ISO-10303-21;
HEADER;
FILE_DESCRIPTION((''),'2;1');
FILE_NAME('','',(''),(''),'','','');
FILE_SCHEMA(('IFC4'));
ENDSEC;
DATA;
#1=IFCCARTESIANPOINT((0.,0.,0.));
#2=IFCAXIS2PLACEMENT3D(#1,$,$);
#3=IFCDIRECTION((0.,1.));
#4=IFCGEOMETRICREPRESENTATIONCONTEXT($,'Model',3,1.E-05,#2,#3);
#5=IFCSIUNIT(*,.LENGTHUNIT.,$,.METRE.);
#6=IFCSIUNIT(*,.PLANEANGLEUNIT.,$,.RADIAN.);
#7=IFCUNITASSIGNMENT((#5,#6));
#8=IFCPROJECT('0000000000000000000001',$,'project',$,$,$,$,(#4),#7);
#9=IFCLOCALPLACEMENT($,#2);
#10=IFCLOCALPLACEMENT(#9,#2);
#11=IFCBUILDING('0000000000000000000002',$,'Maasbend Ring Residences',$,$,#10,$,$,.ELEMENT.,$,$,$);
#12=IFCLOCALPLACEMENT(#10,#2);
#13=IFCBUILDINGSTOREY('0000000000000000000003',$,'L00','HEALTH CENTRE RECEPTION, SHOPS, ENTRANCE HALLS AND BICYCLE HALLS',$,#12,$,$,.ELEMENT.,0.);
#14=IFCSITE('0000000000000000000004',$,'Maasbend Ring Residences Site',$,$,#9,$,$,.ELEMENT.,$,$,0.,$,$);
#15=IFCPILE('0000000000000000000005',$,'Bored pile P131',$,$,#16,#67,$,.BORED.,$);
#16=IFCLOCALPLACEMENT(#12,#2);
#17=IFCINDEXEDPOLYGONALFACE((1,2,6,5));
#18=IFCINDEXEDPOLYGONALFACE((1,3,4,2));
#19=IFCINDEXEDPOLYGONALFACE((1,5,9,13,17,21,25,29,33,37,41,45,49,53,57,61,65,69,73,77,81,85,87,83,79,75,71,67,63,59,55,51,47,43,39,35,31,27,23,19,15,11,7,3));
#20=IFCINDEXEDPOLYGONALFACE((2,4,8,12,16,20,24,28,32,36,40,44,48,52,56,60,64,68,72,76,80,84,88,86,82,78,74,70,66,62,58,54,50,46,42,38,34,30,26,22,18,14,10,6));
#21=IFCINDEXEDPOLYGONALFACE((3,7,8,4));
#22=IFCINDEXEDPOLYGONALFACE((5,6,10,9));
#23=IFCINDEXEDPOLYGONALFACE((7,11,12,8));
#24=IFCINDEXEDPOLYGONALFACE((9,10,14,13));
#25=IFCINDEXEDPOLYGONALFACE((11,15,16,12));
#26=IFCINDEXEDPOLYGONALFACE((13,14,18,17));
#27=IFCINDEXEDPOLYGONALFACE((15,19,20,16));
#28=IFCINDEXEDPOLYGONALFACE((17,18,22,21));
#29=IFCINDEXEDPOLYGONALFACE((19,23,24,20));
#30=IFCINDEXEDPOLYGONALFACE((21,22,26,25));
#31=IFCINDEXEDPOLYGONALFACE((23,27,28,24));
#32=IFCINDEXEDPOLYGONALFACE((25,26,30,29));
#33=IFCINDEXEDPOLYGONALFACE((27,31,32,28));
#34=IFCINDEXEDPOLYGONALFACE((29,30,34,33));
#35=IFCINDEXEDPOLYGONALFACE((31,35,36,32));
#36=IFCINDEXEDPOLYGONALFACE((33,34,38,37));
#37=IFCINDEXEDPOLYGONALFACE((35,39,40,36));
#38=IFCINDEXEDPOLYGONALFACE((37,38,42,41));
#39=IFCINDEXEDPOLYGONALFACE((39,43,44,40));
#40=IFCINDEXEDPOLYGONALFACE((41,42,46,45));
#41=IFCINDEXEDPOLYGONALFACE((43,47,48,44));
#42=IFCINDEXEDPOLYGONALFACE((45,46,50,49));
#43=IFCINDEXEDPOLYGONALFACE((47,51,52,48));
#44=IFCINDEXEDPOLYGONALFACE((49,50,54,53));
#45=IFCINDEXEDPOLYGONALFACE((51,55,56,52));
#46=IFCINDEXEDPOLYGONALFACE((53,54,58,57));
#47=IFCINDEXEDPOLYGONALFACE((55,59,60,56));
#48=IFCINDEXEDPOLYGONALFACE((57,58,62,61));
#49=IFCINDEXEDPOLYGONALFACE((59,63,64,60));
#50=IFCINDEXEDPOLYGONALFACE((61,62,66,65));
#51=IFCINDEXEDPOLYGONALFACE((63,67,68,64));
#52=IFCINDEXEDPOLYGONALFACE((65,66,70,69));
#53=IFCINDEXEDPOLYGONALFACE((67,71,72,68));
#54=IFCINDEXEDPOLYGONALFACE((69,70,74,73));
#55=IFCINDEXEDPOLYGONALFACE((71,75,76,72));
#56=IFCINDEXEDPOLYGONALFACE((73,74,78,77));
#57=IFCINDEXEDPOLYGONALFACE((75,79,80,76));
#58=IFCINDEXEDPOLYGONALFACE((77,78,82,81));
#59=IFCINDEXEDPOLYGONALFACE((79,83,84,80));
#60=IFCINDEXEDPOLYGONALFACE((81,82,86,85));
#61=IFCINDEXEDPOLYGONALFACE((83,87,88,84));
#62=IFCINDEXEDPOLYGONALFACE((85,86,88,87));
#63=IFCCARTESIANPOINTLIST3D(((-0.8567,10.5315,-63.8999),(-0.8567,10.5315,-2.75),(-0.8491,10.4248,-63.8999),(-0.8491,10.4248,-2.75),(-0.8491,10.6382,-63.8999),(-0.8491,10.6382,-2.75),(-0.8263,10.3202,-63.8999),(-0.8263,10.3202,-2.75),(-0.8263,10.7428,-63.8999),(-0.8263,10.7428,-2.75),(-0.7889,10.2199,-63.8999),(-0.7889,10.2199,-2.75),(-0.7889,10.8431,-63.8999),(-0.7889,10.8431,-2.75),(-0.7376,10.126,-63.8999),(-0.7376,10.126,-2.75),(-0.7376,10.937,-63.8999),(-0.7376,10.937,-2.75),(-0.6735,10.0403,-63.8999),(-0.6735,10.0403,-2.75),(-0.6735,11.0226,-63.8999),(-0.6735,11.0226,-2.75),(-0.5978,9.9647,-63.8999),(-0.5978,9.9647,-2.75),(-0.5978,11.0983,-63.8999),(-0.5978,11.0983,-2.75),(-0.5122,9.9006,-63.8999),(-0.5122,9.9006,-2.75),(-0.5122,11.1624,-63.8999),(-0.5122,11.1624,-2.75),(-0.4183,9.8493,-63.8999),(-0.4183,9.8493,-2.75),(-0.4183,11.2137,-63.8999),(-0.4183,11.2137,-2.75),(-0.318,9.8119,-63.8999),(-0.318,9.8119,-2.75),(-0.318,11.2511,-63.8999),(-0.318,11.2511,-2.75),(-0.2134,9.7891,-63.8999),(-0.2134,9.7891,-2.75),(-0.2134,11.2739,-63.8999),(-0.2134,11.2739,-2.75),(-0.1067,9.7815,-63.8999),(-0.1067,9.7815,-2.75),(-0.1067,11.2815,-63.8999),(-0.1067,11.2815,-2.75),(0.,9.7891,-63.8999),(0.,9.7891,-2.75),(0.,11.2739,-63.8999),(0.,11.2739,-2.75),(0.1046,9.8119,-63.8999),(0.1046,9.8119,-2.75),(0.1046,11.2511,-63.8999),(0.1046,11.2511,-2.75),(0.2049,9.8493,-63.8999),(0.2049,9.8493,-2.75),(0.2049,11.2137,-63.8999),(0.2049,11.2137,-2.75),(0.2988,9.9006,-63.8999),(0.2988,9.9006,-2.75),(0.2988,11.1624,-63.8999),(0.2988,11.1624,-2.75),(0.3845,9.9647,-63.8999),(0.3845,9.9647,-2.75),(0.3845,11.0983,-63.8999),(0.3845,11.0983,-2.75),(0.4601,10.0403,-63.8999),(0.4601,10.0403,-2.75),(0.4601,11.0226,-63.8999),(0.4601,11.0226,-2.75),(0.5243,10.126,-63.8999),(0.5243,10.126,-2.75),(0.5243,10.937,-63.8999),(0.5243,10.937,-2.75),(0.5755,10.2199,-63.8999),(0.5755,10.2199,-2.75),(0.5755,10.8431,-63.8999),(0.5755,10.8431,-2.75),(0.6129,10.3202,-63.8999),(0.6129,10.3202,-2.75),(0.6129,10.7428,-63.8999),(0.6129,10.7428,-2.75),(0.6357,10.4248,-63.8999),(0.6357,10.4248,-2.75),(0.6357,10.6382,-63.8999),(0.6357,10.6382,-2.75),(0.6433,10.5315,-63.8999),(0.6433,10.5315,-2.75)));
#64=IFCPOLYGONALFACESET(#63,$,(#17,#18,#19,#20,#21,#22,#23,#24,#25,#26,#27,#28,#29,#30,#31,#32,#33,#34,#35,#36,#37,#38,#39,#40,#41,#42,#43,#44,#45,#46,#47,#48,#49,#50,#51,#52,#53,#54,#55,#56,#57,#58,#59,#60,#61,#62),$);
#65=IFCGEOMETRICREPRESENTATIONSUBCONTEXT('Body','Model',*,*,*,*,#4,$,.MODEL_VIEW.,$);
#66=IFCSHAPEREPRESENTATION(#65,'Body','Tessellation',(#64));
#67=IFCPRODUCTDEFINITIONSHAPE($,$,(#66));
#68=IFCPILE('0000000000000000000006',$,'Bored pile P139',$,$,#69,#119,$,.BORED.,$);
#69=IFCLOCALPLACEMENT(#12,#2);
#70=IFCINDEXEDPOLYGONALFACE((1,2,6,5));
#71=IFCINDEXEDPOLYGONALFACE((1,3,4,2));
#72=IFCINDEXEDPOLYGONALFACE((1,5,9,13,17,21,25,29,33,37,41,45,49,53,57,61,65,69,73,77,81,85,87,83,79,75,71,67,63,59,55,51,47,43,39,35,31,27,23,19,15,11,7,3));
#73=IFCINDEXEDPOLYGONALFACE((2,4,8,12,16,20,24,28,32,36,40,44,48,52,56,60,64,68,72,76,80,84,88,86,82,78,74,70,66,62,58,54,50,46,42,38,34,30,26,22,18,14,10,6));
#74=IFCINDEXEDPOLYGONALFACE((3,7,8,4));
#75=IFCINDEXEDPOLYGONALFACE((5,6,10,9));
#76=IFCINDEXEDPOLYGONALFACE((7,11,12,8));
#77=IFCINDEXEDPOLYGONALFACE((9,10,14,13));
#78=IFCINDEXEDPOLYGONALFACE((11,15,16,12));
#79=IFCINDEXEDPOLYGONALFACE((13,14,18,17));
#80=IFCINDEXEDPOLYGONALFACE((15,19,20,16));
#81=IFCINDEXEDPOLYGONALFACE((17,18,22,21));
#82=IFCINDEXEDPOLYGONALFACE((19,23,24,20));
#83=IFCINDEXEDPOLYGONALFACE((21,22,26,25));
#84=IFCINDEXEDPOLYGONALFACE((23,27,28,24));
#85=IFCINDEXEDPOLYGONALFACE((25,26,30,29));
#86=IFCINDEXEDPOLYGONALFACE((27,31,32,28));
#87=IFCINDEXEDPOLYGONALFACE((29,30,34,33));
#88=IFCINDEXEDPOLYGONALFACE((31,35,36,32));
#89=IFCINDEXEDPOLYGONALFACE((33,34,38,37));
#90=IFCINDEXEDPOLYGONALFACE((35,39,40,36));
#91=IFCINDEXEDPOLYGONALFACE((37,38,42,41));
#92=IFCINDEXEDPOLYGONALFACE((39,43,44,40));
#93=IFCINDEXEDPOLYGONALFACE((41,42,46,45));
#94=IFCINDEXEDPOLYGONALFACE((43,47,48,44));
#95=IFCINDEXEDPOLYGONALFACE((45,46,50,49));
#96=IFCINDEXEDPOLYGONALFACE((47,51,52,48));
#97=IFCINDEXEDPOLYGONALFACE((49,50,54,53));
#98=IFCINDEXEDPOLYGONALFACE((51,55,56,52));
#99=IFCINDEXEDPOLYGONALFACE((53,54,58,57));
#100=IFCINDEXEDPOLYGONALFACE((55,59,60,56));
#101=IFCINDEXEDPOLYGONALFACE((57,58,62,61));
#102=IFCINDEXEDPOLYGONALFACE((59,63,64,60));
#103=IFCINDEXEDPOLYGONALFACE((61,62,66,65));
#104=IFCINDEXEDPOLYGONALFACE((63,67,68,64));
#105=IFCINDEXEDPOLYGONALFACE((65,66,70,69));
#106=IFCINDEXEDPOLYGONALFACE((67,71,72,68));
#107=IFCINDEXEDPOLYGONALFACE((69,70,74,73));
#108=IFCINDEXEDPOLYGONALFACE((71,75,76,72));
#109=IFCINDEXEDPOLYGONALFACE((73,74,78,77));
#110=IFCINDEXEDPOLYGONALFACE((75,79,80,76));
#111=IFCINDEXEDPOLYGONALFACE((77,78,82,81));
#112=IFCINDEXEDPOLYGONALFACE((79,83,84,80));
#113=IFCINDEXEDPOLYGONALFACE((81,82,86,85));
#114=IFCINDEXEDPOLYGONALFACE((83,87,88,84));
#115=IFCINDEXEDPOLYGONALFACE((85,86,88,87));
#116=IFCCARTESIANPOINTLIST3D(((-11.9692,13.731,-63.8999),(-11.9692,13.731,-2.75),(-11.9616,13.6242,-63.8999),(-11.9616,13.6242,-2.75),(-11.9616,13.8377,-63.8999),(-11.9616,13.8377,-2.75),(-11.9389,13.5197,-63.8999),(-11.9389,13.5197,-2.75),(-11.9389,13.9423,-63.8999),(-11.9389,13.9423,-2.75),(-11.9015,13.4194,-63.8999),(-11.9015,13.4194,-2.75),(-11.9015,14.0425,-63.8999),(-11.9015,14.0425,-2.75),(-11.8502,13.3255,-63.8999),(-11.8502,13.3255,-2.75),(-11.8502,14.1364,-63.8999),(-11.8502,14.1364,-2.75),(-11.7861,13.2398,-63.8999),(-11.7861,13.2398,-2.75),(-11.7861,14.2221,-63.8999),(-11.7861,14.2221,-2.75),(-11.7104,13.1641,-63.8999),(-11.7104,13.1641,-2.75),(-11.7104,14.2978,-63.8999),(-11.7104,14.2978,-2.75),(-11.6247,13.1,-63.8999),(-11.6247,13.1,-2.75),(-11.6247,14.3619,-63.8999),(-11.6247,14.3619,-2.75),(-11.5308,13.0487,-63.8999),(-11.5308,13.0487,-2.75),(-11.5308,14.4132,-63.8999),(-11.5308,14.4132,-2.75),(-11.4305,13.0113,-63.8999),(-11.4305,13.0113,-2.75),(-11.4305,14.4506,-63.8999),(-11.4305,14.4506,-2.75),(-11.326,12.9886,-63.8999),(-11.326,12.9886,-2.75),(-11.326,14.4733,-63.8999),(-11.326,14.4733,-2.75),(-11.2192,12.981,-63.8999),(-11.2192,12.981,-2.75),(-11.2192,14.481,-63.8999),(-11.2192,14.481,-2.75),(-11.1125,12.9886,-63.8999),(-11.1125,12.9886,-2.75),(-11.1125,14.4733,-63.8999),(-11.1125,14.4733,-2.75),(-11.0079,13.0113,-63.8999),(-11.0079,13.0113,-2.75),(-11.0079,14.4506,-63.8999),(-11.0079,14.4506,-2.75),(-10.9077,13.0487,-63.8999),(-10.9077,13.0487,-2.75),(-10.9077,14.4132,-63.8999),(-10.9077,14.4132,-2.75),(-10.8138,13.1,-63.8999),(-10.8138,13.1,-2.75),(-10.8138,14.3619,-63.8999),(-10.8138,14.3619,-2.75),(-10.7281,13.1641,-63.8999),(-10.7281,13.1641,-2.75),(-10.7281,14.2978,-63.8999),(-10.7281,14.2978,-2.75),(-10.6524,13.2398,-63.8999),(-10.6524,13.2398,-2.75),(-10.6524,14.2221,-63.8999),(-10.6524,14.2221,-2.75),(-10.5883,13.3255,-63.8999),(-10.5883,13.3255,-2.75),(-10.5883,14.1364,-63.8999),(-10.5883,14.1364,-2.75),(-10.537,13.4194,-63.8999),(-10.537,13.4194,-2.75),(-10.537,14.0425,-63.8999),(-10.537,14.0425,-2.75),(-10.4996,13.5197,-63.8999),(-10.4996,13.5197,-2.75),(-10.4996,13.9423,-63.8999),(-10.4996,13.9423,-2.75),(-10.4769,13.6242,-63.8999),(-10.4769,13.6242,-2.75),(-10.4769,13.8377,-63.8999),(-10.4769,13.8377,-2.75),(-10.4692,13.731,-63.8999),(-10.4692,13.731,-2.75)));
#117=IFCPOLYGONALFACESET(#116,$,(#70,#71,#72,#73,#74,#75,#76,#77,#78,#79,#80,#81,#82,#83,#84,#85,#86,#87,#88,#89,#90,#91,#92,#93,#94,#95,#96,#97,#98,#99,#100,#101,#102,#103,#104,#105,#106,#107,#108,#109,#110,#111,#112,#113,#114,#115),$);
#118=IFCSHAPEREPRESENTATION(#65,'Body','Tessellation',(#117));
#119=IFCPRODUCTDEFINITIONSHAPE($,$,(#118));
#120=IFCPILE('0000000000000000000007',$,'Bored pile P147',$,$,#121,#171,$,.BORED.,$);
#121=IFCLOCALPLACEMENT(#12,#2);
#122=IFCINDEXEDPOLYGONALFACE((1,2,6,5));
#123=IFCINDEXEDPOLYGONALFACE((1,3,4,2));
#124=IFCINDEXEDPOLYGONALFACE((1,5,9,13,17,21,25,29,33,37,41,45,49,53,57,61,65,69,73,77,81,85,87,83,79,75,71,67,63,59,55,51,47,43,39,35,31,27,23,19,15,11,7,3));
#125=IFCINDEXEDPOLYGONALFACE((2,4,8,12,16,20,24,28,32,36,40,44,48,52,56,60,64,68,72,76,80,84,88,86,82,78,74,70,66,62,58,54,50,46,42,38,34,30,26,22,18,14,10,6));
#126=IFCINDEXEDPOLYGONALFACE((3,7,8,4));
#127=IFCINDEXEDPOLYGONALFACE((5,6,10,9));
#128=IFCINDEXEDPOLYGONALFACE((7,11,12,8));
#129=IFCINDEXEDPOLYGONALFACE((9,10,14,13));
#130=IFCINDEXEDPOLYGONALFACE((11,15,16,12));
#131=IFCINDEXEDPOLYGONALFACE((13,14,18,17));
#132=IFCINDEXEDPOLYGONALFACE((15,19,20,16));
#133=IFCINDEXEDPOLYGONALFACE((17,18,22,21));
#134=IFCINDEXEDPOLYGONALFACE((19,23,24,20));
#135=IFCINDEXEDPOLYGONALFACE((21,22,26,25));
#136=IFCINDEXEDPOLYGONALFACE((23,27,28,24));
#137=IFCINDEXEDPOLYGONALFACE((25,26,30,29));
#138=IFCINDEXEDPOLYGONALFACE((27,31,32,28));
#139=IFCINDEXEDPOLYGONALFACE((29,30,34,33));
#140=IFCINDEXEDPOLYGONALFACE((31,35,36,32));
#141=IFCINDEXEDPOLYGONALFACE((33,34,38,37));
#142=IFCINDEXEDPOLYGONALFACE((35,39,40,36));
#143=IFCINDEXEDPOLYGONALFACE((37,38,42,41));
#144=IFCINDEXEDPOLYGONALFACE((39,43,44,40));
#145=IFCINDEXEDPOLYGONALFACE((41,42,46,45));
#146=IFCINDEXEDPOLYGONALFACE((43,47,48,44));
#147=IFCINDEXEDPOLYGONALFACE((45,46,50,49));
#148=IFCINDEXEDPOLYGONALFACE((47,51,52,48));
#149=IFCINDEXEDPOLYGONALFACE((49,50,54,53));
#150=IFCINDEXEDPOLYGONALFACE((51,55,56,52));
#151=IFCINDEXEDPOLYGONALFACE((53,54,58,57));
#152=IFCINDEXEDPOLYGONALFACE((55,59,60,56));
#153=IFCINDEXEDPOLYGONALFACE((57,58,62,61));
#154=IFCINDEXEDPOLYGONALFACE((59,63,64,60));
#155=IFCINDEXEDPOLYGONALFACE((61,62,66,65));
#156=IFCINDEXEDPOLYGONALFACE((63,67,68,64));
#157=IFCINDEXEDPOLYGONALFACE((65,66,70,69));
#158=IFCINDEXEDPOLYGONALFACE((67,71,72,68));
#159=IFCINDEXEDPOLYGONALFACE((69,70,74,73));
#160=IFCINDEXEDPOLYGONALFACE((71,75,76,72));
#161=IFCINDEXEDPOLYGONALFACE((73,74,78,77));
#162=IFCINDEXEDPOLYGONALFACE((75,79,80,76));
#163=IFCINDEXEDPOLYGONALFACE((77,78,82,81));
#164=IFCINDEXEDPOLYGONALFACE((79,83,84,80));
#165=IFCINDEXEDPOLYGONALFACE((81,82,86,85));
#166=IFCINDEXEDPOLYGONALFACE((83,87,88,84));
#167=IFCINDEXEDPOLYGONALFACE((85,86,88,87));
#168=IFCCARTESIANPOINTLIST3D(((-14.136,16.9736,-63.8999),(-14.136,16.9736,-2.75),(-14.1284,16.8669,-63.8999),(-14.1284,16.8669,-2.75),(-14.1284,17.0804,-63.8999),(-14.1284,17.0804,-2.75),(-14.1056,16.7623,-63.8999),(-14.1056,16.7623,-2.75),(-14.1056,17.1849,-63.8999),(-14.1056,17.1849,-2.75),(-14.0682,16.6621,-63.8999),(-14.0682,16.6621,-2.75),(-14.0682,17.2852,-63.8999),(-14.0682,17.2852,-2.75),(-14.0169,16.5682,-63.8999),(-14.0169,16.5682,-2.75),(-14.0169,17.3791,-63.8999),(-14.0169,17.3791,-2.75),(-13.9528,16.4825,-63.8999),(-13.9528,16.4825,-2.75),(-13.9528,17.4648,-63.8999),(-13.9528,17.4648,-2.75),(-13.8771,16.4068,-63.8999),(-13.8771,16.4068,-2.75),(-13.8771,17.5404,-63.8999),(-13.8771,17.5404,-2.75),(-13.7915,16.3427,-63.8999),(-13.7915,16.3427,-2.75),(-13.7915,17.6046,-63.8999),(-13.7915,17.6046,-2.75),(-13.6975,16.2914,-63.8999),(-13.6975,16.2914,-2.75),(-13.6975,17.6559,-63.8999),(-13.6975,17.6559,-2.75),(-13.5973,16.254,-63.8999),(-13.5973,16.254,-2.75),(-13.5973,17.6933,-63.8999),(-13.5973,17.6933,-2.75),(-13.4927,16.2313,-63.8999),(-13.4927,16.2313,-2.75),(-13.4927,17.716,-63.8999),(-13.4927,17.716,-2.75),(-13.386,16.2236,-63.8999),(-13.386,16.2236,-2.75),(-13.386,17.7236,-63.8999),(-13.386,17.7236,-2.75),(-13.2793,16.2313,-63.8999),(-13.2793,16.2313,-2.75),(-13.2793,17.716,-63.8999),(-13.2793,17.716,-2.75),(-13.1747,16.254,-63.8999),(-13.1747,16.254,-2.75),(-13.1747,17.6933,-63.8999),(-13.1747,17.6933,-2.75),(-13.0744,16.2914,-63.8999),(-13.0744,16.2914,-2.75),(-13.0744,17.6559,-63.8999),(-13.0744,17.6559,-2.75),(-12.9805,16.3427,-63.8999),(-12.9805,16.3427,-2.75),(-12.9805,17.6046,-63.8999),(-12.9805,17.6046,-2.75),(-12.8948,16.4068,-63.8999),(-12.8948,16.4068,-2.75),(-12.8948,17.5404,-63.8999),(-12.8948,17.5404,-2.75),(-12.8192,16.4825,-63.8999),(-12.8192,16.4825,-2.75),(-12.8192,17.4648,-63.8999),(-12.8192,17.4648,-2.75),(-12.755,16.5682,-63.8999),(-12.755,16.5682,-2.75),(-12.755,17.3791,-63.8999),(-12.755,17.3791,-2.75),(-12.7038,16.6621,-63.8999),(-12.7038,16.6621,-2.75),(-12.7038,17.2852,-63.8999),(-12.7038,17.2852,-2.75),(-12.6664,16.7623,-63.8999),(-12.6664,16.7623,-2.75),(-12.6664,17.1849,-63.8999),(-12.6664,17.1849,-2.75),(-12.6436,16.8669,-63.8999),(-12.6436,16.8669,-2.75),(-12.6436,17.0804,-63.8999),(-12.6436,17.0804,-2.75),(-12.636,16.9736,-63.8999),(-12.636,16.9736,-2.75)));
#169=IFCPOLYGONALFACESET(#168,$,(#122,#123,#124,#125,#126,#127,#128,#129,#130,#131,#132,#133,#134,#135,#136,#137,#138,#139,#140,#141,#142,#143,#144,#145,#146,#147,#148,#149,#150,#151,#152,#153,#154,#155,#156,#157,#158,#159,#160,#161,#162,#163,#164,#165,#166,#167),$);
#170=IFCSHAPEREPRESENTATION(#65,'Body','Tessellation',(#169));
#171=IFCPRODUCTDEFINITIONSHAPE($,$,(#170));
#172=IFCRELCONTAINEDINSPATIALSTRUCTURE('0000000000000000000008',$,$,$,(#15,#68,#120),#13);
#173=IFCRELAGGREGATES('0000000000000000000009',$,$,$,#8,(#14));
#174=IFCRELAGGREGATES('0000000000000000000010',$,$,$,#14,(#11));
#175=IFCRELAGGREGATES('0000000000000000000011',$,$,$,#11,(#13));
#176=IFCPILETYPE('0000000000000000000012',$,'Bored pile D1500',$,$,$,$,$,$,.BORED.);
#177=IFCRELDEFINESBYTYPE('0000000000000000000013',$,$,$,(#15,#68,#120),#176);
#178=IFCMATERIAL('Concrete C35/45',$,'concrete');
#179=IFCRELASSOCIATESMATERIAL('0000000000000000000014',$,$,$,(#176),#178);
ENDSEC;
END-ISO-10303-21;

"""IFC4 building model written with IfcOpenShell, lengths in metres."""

from ifc_helpers import new_model, si_unit, direction, frame, origin, origin_2d, place, context, subcontext, project, spatial, circle, extrude, material, material_profile, profile_set, type_object, element, save


model = new_model("IFC4")

# Units and contexts
model_context = context("Model", 3, precision=1e-05, world=origin(), true_north=direction((0.0, 1.0)))
body_context = subcontext(model_context, "Body", "Model", "MODEL_VIEW")
ifc_project = project(units=[si_unit("LENGTHUNIT", "METRE"), si_unit("PLANEANGLEUNIT", "RADIAN")], contexts=[model_context])

# Site, building, storey
site_placement = place(None, origin())
site = spatial("IfcSite", under=ifc_project, at=site_placement, Name="Maasbend Ring Residences Site", CompositionType="ELEMENT", RefElevation=0.0)
building_placement = place(site_placement, origin())
building = spatial("IfcBuilding", under=site, at=building_placement, Name="Maasbend Ring Residences", CompositionType="ELEMENT")
storey_placement = place(building_placement, origin())
storey = spatial("IfcBuildingStorey", under=building, at=storey_placement, Name="L00", Description="HEALTH CENTRE RECEPTION, SHOPS, ENTRANCE HALLS AND BICYCLE HALLS", CompositionType="ELEMENT", Elevation=0.0)

# Piles
ifc_material_1 = material(Name="Concrete C35/45", Category="concrete")
ifc_material_profile_1 = material_profile(ifc_material_1, circle(Radius=0.75, at=origin_2d()), Name="Bored pile D1500")
ifc_profile_set_1 = profile_set([ifc_material_profile_1], Name="Concrete C35/45")
pile_type = type_object("IfcPileType", Name="Bored pile D1500", PredefinedType="BORED", material=ifc_profile_set_1)
for number, where, z_axis, x_axis, name in (
    (1, (-0.1067, 10.5315, -2.75), (0.0, 0.0, -1.0), (1.0, 0.0, 0.0), "Bored pile P131"),
    (2, (-11.2192, 13.731, -2.75), (0.0, 0.0, -1.0), (1.0, 0.0, 0.0), "Bored pile P139"),
    (3, (-13.386, 16.9736, -2.75), (0.0, 0.0, -1.0), (1.0, 0.0, 0.0), "Bored pile P147"),
):
    element("IfcPile", number, at=place(storey_placement, frame(where, z_axis=z_axis, x_axis=x_axis)), inside=storey, type_object=pile_type, Name=name, PredefinedType="BORED", context=body_context, shape_type="SweptSolid", body=[
        extrude(circle(Radius=0.75, at=origin_2d()), origin(), (0.0, 0.0, 1.0), 61.1499),
    ])

save(model, "model.ifc")
